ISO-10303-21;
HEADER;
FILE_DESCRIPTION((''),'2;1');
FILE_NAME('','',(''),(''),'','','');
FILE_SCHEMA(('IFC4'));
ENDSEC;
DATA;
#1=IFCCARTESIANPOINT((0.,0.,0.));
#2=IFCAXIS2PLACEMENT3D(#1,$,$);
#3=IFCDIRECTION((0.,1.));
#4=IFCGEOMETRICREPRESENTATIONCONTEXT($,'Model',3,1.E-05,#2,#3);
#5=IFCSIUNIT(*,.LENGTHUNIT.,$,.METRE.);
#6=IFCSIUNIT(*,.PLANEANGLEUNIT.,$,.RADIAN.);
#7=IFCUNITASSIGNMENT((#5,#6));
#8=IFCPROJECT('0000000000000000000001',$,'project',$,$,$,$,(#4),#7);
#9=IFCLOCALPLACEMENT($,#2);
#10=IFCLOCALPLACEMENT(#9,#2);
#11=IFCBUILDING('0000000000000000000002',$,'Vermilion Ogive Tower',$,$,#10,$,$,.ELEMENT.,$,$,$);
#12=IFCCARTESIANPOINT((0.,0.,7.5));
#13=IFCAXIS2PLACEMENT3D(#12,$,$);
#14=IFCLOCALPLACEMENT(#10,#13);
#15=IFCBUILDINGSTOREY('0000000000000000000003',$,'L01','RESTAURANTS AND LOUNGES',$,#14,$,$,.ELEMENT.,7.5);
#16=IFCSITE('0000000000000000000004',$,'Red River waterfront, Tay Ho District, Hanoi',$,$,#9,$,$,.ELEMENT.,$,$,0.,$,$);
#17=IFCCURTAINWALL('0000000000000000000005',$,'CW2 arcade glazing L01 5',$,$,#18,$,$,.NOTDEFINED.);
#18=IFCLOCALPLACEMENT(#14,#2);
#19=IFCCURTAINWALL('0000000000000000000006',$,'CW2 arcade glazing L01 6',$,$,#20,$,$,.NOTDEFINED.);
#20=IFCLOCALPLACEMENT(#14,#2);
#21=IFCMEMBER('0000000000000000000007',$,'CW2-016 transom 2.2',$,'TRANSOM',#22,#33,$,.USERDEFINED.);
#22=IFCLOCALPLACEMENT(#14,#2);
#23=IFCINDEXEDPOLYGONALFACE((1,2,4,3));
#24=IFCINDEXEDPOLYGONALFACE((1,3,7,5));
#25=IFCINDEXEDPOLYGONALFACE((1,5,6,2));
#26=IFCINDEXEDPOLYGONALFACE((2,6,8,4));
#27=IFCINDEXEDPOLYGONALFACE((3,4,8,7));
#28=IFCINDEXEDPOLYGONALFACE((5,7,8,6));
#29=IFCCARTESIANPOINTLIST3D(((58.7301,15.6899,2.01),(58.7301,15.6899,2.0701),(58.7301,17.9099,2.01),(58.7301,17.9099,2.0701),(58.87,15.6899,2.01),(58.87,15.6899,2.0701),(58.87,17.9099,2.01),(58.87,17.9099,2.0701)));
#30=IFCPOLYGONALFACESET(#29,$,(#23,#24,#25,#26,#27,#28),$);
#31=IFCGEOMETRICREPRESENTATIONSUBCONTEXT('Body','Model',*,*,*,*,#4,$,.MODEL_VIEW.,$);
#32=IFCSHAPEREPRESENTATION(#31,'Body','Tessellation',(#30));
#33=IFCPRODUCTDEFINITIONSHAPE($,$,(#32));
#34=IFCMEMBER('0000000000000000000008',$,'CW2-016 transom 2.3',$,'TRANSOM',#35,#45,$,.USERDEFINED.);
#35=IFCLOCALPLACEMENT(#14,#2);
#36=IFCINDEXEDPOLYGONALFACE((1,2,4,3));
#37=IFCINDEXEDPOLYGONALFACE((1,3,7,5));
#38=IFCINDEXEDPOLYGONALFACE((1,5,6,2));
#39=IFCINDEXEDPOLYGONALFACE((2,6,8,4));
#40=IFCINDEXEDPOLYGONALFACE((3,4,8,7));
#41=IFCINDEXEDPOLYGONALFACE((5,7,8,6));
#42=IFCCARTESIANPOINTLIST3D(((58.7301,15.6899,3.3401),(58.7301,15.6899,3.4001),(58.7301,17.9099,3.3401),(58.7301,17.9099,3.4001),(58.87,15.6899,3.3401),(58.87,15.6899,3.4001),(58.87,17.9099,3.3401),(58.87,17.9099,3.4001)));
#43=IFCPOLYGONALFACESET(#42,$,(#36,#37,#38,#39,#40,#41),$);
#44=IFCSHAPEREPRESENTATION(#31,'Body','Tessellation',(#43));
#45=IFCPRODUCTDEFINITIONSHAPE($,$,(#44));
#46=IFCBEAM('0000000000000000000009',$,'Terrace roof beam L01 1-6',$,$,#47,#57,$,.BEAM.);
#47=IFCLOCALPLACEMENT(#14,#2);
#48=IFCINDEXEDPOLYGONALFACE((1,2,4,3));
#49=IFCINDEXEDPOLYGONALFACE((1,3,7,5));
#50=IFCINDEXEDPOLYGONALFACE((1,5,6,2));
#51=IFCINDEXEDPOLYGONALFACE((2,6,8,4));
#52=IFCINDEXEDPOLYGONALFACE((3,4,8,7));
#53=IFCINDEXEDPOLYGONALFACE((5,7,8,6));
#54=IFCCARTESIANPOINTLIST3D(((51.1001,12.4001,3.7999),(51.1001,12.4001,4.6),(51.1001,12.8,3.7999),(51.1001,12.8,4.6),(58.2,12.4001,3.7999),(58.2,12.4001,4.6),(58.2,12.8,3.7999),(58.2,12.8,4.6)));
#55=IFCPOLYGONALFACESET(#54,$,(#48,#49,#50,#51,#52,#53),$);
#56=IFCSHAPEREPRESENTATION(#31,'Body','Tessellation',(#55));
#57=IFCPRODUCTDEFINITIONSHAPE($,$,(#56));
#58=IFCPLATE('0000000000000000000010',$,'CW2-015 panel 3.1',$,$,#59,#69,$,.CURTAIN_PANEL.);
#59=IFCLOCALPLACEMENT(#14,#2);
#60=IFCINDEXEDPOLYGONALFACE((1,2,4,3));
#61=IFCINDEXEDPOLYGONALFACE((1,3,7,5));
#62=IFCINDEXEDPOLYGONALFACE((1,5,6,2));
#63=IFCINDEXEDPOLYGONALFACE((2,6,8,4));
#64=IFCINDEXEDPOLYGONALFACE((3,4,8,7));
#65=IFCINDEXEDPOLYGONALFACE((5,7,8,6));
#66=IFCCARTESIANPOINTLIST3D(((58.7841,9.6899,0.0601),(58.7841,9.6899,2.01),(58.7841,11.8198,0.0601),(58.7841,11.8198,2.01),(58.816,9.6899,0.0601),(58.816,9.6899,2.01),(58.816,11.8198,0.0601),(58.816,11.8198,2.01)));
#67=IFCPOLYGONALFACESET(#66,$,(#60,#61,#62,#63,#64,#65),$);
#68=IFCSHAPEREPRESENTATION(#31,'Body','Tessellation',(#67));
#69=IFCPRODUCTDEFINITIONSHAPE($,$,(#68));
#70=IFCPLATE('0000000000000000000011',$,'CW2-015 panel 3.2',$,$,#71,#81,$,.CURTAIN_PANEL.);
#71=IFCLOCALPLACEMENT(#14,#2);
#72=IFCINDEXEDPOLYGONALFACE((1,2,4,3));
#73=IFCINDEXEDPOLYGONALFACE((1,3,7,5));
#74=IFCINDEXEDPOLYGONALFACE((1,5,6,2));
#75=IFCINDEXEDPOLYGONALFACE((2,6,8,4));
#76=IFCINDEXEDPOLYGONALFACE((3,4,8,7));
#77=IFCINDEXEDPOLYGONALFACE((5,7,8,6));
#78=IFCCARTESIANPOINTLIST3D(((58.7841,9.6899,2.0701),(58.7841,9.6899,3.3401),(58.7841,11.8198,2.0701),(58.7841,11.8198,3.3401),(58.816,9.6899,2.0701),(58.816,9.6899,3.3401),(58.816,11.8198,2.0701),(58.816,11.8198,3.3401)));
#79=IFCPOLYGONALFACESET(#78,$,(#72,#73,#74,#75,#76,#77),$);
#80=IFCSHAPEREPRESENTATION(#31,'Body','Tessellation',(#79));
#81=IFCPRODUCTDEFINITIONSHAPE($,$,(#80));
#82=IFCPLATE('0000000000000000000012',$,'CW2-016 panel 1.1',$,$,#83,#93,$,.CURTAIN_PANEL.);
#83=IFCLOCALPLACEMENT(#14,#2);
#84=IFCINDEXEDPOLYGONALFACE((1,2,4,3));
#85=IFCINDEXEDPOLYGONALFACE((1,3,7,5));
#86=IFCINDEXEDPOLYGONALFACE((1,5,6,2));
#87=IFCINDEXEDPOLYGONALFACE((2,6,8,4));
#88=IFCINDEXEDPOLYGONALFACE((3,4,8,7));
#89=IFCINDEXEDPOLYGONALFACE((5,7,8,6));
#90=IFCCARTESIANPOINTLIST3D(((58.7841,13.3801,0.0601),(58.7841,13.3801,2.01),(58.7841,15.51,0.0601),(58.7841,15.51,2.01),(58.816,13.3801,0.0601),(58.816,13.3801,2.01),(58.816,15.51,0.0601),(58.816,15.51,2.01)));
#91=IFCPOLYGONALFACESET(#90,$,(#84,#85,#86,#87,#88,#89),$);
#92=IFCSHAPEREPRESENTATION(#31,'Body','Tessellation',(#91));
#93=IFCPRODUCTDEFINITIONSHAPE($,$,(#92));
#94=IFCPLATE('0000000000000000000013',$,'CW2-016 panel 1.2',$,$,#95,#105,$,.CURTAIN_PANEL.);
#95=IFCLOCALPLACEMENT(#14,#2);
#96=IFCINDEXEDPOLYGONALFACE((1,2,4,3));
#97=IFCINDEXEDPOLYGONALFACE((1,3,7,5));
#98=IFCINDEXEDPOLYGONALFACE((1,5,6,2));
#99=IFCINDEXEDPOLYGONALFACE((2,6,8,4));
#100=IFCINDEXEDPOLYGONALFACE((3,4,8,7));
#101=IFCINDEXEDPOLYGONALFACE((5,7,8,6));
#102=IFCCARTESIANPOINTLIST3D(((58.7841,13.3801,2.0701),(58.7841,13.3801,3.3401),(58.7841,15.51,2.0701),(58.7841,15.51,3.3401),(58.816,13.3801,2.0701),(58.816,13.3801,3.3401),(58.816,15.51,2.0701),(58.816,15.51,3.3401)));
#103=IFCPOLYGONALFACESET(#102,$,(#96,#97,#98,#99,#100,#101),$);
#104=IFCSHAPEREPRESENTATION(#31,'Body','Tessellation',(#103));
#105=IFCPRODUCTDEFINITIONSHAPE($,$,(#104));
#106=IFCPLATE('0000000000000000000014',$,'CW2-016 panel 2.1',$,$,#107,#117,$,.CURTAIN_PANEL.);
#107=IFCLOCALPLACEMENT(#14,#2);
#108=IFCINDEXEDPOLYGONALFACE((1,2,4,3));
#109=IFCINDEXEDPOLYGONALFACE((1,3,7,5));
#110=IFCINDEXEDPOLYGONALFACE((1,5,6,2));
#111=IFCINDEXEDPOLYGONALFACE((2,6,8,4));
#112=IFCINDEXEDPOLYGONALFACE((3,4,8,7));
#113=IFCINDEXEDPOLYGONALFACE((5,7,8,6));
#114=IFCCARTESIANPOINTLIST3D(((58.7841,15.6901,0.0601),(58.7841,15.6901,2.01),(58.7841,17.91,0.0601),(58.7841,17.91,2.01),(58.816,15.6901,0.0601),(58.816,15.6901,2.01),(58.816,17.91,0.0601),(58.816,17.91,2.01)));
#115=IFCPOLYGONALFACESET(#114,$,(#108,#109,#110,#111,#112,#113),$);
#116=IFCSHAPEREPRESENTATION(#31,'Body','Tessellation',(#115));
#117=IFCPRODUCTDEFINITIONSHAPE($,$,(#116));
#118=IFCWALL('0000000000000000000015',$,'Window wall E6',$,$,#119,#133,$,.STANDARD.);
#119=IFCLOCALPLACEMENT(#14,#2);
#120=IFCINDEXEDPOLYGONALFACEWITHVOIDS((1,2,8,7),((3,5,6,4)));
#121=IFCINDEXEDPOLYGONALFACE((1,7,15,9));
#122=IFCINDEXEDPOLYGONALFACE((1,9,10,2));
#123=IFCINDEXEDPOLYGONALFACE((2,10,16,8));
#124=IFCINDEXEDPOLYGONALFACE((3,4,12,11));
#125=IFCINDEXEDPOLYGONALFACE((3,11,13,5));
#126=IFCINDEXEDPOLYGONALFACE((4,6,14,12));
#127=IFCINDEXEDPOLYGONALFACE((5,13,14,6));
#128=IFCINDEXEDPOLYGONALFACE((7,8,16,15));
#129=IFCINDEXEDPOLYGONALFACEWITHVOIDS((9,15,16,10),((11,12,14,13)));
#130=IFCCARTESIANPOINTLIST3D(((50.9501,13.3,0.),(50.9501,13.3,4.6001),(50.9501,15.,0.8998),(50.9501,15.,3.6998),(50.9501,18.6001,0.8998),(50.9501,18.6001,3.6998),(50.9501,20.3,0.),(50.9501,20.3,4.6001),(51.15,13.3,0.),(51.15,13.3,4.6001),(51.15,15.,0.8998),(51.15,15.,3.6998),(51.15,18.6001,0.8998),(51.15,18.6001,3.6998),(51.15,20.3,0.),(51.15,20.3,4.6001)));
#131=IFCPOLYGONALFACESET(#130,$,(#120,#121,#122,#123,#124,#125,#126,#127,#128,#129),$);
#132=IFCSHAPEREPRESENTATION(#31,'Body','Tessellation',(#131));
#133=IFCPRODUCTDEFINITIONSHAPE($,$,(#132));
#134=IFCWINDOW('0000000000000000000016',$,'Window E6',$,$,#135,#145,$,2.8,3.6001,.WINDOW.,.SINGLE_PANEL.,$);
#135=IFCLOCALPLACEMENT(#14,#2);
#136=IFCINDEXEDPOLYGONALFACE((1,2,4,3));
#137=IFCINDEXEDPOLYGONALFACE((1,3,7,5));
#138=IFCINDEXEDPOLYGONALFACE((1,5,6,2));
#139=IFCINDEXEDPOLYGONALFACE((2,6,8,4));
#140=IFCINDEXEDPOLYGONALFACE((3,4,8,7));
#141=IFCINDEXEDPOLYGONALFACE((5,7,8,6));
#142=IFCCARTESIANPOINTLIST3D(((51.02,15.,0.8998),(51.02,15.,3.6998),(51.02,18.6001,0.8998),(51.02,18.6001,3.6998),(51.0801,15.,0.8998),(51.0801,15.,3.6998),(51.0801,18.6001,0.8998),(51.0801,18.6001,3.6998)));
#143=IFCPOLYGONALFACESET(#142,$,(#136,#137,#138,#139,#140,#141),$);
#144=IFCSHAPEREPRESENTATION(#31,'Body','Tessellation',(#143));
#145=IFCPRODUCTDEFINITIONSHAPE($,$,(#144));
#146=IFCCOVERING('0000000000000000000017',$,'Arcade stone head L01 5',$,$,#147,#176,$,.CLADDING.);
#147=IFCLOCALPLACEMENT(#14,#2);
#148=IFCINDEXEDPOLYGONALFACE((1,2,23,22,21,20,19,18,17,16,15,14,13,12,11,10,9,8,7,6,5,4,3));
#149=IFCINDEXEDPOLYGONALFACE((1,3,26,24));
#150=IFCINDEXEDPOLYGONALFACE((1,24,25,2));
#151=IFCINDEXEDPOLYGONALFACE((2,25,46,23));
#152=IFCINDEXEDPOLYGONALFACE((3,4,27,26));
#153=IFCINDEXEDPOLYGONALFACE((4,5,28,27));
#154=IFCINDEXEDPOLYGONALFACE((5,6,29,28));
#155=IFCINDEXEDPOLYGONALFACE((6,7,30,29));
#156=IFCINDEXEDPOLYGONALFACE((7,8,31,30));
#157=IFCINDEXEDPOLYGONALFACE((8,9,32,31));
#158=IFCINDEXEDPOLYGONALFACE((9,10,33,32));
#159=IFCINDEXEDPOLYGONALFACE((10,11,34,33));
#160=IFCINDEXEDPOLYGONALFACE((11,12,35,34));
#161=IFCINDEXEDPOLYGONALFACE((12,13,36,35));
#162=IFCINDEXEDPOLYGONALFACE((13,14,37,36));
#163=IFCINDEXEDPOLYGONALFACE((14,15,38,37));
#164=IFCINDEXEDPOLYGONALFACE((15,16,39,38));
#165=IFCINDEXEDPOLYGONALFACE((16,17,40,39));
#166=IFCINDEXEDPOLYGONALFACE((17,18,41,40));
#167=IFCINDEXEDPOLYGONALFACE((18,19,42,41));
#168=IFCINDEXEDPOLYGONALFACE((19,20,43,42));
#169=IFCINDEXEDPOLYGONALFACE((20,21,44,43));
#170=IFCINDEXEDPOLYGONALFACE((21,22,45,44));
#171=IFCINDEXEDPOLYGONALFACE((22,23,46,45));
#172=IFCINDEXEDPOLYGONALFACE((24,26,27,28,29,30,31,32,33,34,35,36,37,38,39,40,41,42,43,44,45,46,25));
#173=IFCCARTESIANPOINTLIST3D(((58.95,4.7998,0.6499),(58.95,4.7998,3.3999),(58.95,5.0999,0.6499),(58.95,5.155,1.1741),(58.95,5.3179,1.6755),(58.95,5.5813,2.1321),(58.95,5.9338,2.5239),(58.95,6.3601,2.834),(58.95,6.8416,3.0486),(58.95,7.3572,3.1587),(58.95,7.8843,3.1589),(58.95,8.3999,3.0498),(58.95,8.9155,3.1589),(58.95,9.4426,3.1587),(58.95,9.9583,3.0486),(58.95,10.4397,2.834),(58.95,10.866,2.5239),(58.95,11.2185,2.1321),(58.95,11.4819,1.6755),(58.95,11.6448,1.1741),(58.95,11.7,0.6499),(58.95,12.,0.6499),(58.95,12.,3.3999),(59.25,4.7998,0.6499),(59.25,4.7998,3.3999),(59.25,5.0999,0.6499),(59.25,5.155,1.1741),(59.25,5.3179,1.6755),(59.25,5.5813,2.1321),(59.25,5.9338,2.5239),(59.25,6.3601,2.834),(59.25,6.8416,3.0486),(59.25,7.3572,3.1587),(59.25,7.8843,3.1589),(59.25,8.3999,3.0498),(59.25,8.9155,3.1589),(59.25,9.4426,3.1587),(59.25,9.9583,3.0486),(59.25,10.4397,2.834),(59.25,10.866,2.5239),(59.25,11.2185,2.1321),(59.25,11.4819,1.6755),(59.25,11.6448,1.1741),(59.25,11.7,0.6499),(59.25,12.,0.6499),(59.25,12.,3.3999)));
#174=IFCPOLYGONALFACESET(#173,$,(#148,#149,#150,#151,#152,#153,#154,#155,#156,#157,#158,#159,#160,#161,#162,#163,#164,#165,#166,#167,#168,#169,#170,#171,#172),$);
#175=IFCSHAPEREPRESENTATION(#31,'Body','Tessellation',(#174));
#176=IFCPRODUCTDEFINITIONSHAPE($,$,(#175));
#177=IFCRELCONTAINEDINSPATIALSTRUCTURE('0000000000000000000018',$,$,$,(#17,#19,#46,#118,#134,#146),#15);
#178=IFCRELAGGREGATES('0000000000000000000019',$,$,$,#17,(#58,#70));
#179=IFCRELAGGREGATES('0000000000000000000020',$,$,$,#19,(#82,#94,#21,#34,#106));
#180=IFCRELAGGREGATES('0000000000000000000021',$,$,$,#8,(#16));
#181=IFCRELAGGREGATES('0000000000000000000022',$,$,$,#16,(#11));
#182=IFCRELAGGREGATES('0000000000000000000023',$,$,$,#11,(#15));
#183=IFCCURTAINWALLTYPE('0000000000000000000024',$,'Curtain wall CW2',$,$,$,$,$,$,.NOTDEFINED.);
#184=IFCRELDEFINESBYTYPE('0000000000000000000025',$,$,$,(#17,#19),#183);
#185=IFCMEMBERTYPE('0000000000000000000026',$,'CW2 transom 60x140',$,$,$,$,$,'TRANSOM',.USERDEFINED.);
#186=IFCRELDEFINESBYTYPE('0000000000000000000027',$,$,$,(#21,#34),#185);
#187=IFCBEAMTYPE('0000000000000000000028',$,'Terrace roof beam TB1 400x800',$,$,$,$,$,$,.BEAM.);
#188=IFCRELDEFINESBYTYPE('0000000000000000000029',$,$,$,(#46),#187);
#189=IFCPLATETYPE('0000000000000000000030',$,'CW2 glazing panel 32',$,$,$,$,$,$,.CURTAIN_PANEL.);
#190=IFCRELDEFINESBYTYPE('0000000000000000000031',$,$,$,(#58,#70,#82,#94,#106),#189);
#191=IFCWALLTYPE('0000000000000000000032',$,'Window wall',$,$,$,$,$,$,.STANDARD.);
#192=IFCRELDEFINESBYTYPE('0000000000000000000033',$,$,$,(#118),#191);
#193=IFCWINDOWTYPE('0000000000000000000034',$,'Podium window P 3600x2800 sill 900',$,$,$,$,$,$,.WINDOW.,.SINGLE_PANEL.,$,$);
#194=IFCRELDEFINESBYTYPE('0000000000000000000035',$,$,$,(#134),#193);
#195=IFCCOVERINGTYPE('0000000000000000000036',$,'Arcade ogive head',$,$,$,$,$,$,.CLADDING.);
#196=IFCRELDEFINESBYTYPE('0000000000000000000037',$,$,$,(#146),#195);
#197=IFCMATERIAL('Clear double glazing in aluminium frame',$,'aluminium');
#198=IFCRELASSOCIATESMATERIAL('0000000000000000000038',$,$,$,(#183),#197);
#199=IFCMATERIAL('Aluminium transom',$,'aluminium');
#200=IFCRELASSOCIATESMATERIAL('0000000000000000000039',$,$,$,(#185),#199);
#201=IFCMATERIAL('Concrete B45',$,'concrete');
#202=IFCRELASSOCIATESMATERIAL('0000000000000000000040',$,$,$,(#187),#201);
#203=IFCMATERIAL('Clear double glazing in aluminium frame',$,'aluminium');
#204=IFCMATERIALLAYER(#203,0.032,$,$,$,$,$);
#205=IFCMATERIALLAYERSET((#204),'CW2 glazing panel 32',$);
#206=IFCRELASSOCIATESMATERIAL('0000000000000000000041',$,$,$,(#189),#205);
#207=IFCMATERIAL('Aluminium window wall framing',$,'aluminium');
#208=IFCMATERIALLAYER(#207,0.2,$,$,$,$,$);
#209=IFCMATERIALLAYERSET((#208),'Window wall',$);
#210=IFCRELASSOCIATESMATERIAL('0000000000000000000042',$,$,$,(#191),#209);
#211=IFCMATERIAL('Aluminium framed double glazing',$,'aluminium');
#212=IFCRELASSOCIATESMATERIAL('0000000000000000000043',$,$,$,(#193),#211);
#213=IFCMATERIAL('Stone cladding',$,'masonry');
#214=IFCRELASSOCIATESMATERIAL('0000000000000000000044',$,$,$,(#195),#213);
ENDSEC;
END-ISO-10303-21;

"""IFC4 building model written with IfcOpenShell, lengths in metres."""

from ifc_helpers import new_model, si_unit, direction, frame, frame_2d, origin, origin_2d, place, context, subcontext, project, spatial, polyline, rectangle, outline, extrude, material, layer, layer_set, material_profile, profile_set, type_object, element, fill, aggregate, save


model = new_model("IFC4")

# Units and contexts
model_context = context("Model", 3, precision=1e-05, world=origin(), true_north=direction((0.0, 1.0)))
body_context = subcontext(model_context, "Body", "Model", "MODEL_VIEW")
ifc_project = project(units=[si_unit("LENGTHUNIT", "METRE"), si_unit("PLANEANGLEUNIT", "RADIAN")], contexts=[model_context])

# Site, building, storey
site_placement = place(None, origin())
site = spatial("IfcSite", under=ifc_project, at=site_placement, Name="Red River waterfront, Tay Ho District, Hanoi", CompositionType="ELEMENT", RefElevation=0.0)
building_placement = place(site_placement, origin())
building = spatial("IfcBuilding", under=site, at=building_placement, Name="Vermilion Ogive Tower", CompositionType="ELEMENT")
storey_placement = place(building_placement, frame((0.0, 0.0, 7.5)))
storey = spatial("IfcBuildingStorey", under=building, at=storey_placement, Name="L01", Description="RESTAURANTS AND LOUNGES", CompositionType="ELEMENT", Elevation=7.5)

# Curtain walls
ifc_material_1 = material(Name="Clear double glazing in aluminium frame", Category="aluminium")
curtain_wall_type = type_object("IfcCurtainWallType", Name="Curtain wall CW2", PredefinedType="NOTDEFINED", material=ifc_material_1)
curtain_wall_1_placement = place(storey_placement, origin())
curtain_wall_1 = element("IfcCurtainWall", 1, at=curtain_wall_1_placement, inside=storey, type_object=curtain_wall_type, Name="CW2 arcade glazing L01 5", PredefinedType="NOTDEFINED")
curtain_wall_2_placement = place(storey_placement, origin())
curtain_wall_2 = element("IfcCurtainWall", 2, at=curtain_wall_2_placement, inside=storey, type_object=curtain_wall_type, Name="CW2 arcade glazing L01 6", PredefinedType="NOTDEFINED")

# Members
ifc_material_2 = material(Name="Aluminium transom", Category="aluminium")
ifc_material_profile_1 = material_profile(ifc_material_2, rectangle(XDim=0.1399, YDim=0.0601, at=origin_2d()), Name="AL 60x140")
ifc_profile_set_1 = profile_set([ifc_material_profile_1], Name="Aluminium transom")
member_type_1 = type_object("IfcMemberType", Name="CW2 transom 60x140", ElementType="TRANSOM", PredefinedType="USERDEFINED", material=ifc_profile_set_1)
member_1_placement = place(storey_placement, frame((58.8, 15.6899, 2.04), z_axis=(0.0, 1.0, 0.0), x_axis=(-1.0, 0.0, 0.0)))
member_1 = element("IfcMember", 3, at=member_1_placement, type_object=member_type_1, Name="CW2-016 transom 2.2", ObjectType="TRANSOM", PredefinedType="USERDEFINED", context=body_context, shape_type="SweptSolid", body=[
    extrude(rectangle(XDim=0.1399, YDim=0.0601, at=origin_2d()), origin(), (0.0, 0.0, 1.0), 2.22),
])
member_2_placement = place(storey_placement, frame((58.8, 15.6899, 3.3701), z_axis=(0.0, 1.0, 0.0), x_axis=(-1.0, 0.0, 0.0)))
member_2 = element("IfcMember", 4, at=member_2_placement, type_object=member_type_1, Name="CW2-016 transom 2.3", ObjectType="TRANSOM", PredefinedType="USERDEFINED", context=body_context, shape_type="SweptSolid", body=[
    extrude(rectangle(XDim=0.1399, YDim=0.0601, at=origin_2d()), origin(), (0.0, 0.0, 1.0), 2.22),
])

# Beam
ifc_material_3 = material(Name="Concrete B45", Category="concrete")
ifc_material_profile_2 = material_profile(ifc_material_3, rectangle(XDim=0.3999, YDim=0.8, at=origin_2d()), Name="RC 400x800")
ifc_profile_set_2 = profile_set([ifc_material_profile_2], Name="Concrete B45")
beam_type_1 = type_object("IfcBeamType", Name="Terrace roof beam TB1 400x800", PredefinedType="BEAM", material=ifc_profile_set_2)
beam_1_placement = place(storey_placement, frame((58.2, 12.6001, 4.2), z_axis=(-1.0, 0.0, 0.0), x_axis=(0.0, -1.0, 0.0)))
element("IfcBeam", 5, at=beam_1_placement, inside=storey, type_object=beam_type_1, Name="Terrace roof beam L01 1-6", PredefinedType="BEAM", context=body_context, shape_type="SweptSolid", body=[
    extrude(rectangle(XDim=0.3999, YDim=0.8, at=origin_2d()), origin(), (0.0, 0.0, 1.0), 7.0999),
])

# Plates
ifc_material_4 = material(Name="Clear double glazing in aluminium frame", Category="aluminium")
ifc_layer_1 = layer(ifc_material_4, 0.032)
ifc_layer_set_1 = layer_set([ifc_layer_1], Name="CW2 glazing panel 32")
plate_type = type_object("IfcPlateType", Name="CW2 glazing panel 32", PredefinedType="CURTAIN_PANEL", material=ifc_layer_set_1)
plate_1_placement = place(storey_placement, frame((58.8, 10.7549, 0.0601), z_axis=(0.0, 0.0, 1.0), x_axis=(0.0, 1.0, 0.0)))
plate_1 = element("IfcPlate", 6, at=plate_1_placement, type_object=plate_type, Name="CW2-015 panel 3.1", PredefinedType="CURTAIN_PANEL", context=body_context, shape_type="SweptSolid", body=[
    extrude(rectangle(XDim=2.1299, YDim=0.032, at=origin_2d()), origin(), (0.0, 0.0, 1.0), 1.95),
])
plate_2_placement = place(storey_placement, frame((58.8, 10.7549, 2.0701), z_axis=(0.0, 0.0, 1.0), x_axis=(0.0, 1.0, 0.0)))
plate_2 = element("IfcPlate", 7, at=plate_2_placement, type_object=plate_type, Name="CW2-015 panel 3.2", PredefinedType="CURTAIN_PANEL", context=body_context, shape_type="SweptSolid", body=[
    extrude(rectangle(XDim=2.1299, YDim=0.032, at=origin_2d()), origin(), (0.0, 0.0, 1.0), 1.27),
])
aggregate(curtain_wall_1, [plate_1, plate_2])
plate_3_placement = place(storey_placement, frame((58.8, 14.4451, 0.0601), z_axis=(0.0, 0.0, 1.0), x_axis=(0.0, 1.0, 0.0)))
plate_3 = element("IfcPlate", 8, at=plate_3_placement, type_object=plate_type, Name="CW2-016 panel 1.1", PredefinedType="CURTAIN_PANEL", context=body_context, shape_type="SweptSolid", body=[
    extrude(rectangle(XDim=2.1299, YDim=0.032, at=origin_2d()), origin(), (0.0, 0.0, 1.0), 1.95),
])
plate_4_placement = place(storey_placement, frame((58.8, 14.4451, 2.0701), z_axis=(0.0, 0.0, 1.0), x_axis=(0.0, 1.0, 0.0)))
plate_4 = element("IfcPlate", 9, at=plate_4_placement, type_object=plate_type, Name="CW2-016 panel 1.2", PredefinedType="CURTAIN_PANEL", context=body_context, shape_type="SweptSolid", body=[
    extrude(rectangle(XDim=2.1299, YDim=0.032, at=origin_2d()), origin(), (0.0, 0.0, 1.0), 1.27),
])
plate_5_placement = place(storey_placement, frame((58.8, 16.8, 0.0601), z_axis=(0.0, 0.0, 1.0), x_axis=(0.0, 1.0, 0.0)))
plate_5 = element("IfcPlate", 10, at=plate_5_placement, type_object=plate_type, Name="CW2-016 panel 2.1", PredefinedType="CURTAIN_PANEL", context=body_context, shape_type="SweptSolid", body=[
    extrude(rectangle(XDim=2.22, YDim=0.032, at=origin_2d()), origin(), (0.0, 0.0, 1.0), 1.95),
])
aggregate(curtain_wall_2, [plate_3, plate_4, member_1, member_2, plate_5])

# Wall, opening, window
ifc_material_5 = material(Name="Aluminium window wall framing", Category="aluminium")
ifc_layer_2 = layer(ifc_material_5, 0.2)
ifc_layer_set_2 = layer_set([ifc_layer_2], Name="Window wall")
wall_type = type_object("IfcWallType", Name="Window wall", PredefinedType="STANDARD", material=ifc_layer_set_2)
wall_placement = place(storey_placement, frame((51.05, 13.3, 0.0), z_axis=(0.0, 0.0, 1.0), x_axis=(0.0, 1.0, 0.0)))
wall = element("IfcWall", 11, at=wall_placement, inside=storey, type_object=wall_type, Name="Window wall E6", PredefinedType="STANDARD", context=body_context, shape_type="SweptSolid", body=[
    extrude(rectangle(XDim=7.0, YDim=0.2, at=frame_2d((3.5, 0.0))), origin(), (0.0, 0.0, 1.0), 4.6001),
])
opening_placement = place(wall_placement, frame((1.7, 0.0, 0.8999)))
opening = element("IfcOpeningElement", 12, at=opening_placement, cuts=wall, PredefinedType="OPENING", context=body_context, shape_type="SweptSolid", body=[
    extrude(rectangle(XDim=3.6001, YDim=2.8, at=frame_2d((1.8, 1.3999))), frame((0.0, 0.1099, 0.0), z_axis=(0.0, -1.0, 0.0), x_axis=(1.0, 0.0, 0.0)), (0.0, 0.0, 1.0), 0.22),
])
ifc_material_6 = material(Name="Aluminium framed double glazing", Category="aluminium")
window_type = type_object("IfcWindowType", Name="Podium window P 3600x2800 sill 900", PartitioningType="SINGLE_PANEL", PredefinedType="WINDOW", material=ifc_material_6)
window_placement = place(opening_placement, origin())
window = element("IfcWindow", 13, at=window_placement, inside=storey, type_object=window_type, Name="Window E6", OverallHeight=2.8, OverallWidth=3.6001, PartitioningType="SINGLE_PANEL", PredefinedType="WINDOW", context=body_context, shape_type="SweptSolid", body=[
    extrude(rectangle(XDim=3.6001, YDim=2.8, at=frame_2d((1.8, 1.3999))), frame((0.0, 0.03, 0.0), z_axis=(0.0, -1.0, 0.0), x_axis=(1.0, 0.0, 0.0)), (0.0, 0.0, 1.0), 0.0601),
])
fill(opening, window)

# Covering
ifc_material_7 = material(Name="Stone cladding", Category="masonry")
covering_type = type_object("IfcCoveringType", Name="Arcade ogive head", PredefinedType="CLADDING", material=ifc_material_7)
covering_placement = place(storey_placement, frame((58.95, 8.3999, 3.3999), z_axis=(1.0, 0.0, 0.0), x_axis=(0.0, 1.0, 0.0)))
element("IfcCovering", 14, at=covering_placement, inside=storey, type_object=covering_type, Name="Arcade stone head L01 5", PredefinedType="CLADDING", context=body_context, shape_type="SweptSolid", body=[
    extrude(outline(polyline([(-3.3, -2.75), (-3.2449, -2.2258), (-3.082, -1.7244), (-2.8186, -1.2678), (-2.4661, -0.876), (-2.0398, -0.5659), (-1.5583, -0.3513), (-1.0427, -0.2412), (-0.5156, -0.241), (0.0, -0.3501), (0.5156, -0.241), (1.0427, -0.2412), (1.5583, -0.3513), (2.0398, -0.5659), (2.4661, -0.876), (2.8186, -1.2678), (3.082, -1.7244), (3.2449, -2.2258), (3.3, -2.75), (3.6001, -2.75), (3.6001, 0.0), (-3.6001, 0.0), (-3.6001, -2.75), (-3.3, -2.75)])), origin(), (0.0, 0.0, 1.0), 0.3),
])

save(model, "model.ifc")
